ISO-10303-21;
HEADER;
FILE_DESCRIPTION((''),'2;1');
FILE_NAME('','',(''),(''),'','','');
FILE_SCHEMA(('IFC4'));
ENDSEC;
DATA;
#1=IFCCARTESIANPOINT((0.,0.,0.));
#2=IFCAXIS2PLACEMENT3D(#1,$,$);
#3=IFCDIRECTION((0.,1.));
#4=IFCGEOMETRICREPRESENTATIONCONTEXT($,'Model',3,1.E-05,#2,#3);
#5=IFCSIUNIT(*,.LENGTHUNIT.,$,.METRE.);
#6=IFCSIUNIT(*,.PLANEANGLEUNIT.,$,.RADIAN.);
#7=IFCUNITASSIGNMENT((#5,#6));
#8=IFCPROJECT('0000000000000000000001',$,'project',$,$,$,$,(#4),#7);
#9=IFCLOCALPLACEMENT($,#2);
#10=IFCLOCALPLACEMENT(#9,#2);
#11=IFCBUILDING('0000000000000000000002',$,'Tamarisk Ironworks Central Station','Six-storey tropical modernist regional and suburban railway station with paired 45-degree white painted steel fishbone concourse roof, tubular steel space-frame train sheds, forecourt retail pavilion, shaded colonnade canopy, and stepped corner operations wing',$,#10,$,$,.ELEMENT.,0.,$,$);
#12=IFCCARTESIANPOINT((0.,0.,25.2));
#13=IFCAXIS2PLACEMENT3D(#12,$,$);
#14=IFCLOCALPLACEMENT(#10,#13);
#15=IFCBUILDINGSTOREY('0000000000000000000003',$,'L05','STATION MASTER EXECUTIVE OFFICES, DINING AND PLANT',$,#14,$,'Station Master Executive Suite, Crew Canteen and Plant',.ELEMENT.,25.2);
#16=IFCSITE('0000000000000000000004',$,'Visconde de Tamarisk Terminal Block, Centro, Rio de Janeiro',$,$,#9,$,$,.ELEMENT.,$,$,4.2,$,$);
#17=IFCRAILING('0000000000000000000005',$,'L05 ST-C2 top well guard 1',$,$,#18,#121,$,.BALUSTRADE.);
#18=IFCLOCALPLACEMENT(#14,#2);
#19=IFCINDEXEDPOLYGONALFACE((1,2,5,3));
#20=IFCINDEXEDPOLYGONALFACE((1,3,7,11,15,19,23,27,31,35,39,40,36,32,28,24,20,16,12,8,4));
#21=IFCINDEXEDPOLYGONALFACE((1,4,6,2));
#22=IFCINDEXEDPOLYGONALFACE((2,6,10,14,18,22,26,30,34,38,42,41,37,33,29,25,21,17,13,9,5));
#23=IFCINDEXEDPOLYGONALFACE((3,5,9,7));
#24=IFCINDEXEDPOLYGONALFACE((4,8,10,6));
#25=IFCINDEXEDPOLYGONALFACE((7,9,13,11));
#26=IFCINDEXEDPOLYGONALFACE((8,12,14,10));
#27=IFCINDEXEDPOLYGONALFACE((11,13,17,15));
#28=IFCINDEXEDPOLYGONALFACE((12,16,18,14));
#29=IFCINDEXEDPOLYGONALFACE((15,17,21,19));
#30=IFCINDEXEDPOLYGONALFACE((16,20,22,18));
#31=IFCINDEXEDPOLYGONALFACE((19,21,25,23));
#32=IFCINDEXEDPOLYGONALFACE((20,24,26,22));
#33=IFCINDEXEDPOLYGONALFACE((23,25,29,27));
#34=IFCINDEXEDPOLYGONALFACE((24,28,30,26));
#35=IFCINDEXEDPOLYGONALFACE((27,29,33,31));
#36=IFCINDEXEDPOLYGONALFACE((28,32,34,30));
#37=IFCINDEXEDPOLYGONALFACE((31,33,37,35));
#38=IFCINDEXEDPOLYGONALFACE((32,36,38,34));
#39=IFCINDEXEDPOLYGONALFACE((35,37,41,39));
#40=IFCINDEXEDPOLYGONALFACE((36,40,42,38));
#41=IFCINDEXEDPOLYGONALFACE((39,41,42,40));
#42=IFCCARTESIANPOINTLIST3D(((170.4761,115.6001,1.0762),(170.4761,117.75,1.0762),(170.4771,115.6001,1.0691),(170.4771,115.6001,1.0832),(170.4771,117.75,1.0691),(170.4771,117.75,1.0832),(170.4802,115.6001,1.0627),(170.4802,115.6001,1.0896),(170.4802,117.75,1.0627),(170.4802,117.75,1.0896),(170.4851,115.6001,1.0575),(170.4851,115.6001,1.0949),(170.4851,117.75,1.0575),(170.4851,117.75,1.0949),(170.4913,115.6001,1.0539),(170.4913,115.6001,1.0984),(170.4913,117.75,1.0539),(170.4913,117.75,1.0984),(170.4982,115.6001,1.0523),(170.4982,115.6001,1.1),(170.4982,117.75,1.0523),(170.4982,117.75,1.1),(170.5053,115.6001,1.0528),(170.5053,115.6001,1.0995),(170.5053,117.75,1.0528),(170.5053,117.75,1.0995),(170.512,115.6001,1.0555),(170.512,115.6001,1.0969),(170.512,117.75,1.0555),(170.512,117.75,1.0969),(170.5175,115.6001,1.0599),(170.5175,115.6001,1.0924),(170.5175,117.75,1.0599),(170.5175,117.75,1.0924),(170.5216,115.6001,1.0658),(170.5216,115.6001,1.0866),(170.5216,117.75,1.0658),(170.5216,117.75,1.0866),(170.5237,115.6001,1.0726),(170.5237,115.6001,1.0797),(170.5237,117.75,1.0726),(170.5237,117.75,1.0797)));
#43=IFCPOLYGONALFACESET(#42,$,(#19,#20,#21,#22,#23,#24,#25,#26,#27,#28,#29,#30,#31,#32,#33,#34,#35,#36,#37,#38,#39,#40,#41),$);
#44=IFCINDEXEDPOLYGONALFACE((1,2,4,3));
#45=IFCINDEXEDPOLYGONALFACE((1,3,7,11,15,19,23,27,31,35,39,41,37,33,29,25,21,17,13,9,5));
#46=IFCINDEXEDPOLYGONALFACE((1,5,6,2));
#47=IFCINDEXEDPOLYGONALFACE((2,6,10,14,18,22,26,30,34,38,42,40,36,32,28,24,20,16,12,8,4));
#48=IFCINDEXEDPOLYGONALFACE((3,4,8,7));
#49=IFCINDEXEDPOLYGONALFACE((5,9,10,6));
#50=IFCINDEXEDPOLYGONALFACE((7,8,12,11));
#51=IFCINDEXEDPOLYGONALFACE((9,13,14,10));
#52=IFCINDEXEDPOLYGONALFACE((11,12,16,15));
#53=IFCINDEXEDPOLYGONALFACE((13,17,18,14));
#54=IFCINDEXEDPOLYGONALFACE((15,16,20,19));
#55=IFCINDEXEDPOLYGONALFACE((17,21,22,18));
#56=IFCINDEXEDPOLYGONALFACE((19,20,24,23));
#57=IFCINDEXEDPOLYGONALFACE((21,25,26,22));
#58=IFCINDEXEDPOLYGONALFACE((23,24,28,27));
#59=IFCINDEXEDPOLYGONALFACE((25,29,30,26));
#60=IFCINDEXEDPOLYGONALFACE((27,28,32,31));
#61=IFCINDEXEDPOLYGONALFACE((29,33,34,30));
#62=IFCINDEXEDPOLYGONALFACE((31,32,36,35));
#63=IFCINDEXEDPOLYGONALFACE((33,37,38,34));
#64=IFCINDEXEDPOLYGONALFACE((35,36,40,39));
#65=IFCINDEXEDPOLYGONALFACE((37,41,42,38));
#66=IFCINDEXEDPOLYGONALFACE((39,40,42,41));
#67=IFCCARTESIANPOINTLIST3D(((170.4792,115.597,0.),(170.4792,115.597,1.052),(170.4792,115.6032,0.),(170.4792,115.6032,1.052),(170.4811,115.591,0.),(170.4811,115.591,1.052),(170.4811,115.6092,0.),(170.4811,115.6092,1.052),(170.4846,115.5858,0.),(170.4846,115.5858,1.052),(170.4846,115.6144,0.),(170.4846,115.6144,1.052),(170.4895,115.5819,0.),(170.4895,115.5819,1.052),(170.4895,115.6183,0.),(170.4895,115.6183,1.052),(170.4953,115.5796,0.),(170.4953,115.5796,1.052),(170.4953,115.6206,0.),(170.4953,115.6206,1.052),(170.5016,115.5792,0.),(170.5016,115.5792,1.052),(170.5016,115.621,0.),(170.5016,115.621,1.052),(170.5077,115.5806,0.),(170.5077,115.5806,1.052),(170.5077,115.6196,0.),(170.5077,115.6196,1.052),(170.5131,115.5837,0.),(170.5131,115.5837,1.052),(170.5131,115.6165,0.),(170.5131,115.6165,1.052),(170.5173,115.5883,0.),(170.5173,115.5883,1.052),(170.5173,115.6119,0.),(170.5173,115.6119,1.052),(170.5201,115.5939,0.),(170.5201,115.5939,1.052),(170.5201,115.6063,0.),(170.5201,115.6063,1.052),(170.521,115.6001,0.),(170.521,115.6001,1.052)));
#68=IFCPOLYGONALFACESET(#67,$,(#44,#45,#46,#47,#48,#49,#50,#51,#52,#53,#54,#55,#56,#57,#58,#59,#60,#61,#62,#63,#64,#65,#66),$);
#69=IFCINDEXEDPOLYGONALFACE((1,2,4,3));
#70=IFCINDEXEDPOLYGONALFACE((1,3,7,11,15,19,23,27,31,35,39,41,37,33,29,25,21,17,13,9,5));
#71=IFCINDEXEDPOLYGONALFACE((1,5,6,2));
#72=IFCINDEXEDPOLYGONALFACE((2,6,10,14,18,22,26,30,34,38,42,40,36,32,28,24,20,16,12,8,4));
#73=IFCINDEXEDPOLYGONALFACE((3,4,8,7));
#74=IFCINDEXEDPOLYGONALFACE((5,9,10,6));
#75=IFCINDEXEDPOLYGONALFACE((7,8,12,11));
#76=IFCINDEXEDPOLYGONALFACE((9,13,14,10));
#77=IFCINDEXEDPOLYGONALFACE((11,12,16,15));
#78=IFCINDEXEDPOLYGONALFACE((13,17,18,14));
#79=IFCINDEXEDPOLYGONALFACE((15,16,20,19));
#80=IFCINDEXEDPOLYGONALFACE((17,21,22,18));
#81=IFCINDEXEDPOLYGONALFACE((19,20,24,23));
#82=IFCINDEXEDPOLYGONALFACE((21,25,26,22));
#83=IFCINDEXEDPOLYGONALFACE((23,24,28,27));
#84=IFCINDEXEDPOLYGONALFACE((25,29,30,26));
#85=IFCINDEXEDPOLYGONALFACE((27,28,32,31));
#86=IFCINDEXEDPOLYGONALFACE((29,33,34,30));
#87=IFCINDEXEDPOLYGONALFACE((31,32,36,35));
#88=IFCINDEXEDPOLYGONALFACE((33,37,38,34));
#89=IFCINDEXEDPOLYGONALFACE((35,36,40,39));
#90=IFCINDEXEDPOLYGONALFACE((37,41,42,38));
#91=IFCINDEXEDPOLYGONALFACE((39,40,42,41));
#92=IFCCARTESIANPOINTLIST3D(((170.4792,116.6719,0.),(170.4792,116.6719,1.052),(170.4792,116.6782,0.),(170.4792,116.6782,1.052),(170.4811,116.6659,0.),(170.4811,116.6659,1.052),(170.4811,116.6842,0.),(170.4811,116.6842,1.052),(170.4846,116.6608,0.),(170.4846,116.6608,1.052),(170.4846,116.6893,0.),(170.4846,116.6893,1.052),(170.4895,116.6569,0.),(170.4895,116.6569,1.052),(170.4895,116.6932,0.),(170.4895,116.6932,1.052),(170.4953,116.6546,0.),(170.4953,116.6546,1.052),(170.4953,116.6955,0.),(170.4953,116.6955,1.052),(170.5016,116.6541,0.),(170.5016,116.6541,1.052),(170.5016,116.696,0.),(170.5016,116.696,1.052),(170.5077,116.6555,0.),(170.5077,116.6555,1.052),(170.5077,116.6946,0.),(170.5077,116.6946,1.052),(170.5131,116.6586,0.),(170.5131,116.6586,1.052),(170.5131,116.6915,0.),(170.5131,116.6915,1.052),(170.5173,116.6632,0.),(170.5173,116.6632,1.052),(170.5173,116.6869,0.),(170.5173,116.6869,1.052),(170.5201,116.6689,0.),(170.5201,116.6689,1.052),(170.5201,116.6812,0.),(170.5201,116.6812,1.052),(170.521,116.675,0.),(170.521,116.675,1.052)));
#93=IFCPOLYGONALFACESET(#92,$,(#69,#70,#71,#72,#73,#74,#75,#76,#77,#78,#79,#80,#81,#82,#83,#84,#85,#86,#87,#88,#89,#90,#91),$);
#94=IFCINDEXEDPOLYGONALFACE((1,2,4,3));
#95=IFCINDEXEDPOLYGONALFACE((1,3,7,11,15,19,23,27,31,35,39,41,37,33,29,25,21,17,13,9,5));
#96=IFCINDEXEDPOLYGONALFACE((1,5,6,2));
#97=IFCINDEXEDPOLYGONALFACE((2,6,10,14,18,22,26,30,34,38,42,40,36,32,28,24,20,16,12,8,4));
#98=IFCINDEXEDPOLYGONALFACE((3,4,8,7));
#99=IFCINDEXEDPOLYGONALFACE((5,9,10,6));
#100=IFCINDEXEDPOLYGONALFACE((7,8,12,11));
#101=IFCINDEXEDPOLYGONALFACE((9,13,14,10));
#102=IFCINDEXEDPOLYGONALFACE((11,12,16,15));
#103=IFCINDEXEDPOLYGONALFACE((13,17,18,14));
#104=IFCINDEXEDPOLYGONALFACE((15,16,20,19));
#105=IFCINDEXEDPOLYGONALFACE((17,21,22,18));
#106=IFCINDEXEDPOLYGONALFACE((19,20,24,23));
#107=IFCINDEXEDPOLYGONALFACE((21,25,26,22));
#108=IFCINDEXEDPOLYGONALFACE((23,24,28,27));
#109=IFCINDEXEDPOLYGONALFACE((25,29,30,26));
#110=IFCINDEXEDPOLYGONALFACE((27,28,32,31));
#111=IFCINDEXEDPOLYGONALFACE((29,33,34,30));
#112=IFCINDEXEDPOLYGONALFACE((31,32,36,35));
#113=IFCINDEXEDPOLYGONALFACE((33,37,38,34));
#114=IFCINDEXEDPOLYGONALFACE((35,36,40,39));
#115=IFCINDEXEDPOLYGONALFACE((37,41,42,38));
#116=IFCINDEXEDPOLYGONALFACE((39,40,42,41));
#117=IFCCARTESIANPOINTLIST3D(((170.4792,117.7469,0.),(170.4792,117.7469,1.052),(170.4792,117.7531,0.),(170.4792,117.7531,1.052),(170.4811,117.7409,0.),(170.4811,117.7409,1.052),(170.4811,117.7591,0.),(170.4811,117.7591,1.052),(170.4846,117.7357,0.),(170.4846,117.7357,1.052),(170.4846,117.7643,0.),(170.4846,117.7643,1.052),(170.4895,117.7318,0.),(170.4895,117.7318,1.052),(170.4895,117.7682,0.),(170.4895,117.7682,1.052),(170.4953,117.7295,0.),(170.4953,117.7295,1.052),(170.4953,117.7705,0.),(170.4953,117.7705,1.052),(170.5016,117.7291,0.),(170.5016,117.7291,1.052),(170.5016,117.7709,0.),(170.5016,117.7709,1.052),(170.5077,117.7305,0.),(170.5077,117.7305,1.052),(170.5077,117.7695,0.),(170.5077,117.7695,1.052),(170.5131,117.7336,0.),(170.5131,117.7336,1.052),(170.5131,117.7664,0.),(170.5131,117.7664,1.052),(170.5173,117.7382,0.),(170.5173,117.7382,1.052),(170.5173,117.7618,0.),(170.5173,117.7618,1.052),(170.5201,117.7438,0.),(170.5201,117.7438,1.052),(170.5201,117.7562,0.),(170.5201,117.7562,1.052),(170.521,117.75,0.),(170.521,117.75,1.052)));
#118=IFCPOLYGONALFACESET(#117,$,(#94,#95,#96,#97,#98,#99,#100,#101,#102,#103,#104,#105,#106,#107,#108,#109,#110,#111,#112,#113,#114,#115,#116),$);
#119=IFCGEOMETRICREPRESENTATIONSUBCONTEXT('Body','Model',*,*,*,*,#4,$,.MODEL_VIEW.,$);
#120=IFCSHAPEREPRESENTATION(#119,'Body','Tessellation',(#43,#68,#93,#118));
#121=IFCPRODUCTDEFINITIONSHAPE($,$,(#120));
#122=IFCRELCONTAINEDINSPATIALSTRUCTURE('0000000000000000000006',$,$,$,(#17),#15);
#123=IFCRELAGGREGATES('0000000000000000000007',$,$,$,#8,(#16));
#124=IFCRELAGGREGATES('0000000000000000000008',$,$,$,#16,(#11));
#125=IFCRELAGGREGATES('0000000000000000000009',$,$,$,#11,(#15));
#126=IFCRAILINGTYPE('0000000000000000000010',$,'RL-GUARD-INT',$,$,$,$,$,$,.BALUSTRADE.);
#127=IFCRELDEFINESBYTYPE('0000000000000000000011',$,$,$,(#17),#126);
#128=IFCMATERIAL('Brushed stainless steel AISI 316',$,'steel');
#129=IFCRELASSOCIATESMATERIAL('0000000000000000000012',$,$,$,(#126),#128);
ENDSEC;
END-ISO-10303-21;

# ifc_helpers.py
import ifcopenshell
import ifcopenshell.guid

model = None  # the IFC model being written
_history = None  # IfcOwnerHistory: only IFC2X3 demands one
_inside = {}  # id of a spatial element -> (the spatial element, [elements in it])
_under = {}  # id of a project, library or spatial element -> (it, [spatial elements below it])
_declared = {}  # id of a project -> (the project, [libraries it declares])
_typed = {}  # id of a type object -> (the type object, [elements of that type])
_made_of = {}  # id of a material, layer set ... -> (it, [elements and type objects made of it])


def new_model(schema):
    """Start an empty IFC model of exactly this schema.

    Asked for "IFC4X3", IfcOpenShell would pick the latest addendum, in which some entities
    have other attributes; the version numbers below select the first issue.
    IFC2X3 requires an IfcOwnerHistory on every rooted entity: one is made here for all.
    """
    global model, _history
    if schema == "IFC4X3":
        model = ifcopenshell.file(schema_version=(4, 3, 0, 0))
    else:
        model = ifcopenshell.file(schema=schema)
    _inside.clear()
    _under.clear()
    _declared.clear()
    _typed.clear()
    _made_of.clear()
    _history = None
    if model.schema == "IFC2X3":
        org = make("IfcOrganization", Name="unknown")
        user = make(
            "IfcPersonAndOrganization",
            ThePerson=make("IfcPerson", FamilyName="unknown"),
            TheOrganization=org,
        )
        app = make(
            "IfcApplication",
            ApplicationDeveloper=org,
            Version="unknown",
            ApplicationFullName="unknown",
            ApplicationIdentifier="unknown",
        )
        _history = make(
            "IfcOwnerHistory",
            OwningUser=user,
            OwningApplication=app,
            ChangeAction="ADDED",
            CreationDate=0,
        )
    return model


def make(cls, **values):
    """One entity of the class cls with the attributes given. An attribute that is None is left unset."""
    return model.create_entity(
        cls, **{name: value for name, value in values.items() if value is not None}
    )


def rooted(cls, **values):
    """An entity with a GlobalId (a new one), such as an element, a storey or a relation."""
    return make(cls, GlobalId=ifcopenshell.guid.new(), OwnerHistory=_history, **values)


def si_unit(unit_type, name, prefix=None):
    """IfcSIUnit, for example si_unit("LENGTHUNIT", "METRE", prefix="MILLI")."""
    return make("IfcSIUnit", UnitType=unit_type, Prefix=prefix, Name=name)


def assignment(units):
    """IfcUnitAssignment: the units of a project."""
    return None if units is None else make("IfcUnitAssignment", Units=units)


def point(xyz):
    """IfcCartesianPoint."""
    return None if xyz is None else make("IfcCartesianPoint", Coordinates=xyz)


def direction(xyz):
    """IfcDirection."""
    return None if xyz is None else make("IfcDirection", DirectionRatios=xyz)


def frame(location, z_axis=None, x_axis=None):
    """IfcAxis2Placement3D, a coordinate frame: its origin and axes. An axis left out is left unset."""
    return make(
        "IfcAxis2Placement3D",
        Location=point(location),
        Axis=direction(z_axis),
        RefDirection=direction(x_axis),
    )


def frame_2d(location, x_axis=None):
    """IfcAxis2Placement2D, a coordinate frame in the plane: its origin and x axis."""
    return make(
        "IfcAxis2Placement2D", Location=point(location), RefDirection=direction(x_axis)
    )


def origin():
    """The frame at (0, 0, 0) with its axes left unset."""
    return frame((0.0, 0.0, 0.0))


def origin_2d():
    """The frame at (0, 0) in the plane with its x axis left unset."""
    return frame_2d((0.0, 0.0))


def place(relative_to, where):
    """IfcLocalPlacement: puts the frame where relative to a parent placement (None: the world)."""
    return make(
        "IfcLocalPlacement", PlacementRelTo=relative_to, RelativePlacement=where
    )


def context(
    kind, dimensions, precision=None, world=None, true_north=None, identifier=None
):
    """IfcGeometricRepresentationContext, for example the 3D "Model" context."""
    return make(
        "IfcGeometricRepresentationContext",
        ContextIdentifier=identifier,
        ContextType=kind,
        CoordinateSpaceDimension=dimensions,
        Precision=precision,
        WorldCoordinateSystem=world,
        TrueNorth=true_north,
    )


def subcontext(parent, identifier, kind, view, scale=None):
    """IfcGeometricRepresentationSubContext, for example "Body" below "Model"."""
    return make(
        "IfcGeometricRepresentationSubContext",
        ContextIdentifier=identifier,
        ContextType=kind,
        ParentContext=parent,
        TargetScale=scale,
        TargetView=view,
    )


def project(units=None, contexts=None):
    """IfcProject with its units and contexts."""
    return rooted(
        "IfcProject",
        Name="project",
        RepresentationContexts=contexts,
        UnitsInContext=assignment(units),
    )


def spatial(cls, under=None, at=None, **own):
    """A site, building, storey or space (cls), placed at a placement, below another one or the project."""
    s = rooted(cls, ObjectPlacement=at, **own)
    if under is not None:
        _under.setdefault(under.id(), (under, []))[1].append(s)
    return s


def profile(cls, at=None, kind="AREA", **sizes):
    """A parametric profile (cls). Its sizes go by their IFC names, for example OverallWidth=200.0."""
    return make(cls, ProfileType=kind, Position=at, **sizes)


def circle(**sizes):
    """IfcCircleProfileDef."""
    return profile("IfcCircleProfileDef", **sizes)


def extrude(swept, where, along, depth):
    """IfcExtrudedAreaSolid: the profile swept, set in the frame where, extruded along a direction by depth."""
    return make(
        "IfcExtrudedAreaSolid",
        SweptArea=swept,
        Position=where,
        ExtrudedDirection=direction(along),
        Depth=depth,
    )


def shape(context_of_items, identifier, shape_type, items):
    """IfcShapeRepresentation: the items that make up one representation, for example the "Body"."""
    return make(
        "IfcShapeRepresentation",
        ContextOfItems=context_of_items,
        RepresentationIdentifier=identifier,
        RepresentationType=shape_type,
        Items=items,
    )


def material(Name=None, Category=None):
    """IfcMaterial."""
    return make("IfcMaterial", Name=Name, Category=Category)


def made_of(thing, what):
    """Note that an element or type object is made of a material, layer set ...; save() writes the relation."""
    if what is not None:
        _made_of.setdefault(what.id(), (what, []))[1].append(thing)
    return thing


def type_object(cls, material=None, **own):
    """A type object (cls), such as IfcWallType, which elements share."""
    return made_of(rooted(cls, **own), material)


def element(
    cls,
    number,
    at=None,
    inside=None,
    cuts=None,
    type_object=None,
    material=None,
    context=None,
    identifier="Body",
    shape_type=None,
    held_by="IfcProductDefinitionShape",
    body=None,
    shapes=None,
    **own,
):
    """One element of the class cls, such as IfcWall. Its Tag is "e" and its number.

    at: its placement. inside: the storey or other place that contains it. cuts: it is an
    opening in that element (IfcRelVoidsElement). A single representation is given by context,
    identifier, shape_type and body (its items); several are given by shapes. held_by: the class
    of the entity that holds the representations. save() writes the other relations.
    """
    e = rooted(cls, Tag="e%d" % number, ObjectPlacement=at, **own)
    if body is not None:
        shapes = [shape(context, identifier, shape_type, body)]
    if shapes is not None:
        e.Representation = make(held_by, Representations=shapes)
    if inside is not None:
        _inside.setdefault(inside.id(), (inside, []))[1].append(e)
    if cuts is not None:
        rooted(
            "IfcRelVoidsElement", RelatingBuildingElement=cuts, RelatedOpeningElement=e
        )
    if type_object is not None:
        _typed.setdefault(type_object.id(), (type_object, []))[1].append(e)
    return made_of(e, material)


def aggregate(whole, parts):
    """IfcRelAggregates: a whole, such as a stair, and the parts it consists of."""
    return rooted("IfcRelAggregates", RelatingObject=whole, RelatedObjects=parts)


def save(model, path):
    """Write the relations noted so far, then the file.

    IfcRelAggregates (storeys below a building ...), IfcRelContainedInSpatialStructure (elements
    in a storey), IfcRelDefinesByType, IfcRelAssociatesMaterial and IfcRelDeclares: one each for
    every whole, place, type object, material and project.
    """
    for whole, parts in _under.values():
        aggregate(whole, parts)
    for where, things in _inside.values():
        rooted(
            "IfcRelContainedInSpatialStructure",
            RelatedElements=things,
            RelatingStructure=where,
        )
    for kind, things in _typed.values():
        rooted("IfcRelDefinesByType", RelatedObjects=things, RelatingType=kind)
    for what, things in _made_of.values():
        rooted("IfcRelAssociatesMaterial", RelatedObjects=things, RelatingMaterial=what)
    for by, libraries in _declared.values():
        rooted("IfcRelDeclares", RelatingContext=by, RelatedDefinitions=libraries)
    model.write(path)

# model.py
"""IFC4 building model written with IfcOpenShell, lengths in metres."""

from ifc_helpers import new_model, si_unit, direction, frame, origin, origin_2d, place, context, subcontext, project, spatial, circle, extrude, material, type_object, element, save


model = new_model("IFC4")

# Units and contexts
model_context = context("Model", 3, precision=1e-05, world=origin(), true_north=direction((0.0, 1.0)))
body_context = subcontext(model_context, "Body", "Model", "MODEL_VIEW")
ifc_project = project(units=[si_unit("LENGTHUNIT", "METRE"), si_unit("PLANEANGLEUNIT", "RADIAN")], contexts=[model_context])

# Site, building, storey
site_placement = place(None, origin())
site = spatial("IfcSite", under=ifc_project, at=site_placement, Name="Visconde de Tamarisk Terminal Block, Centro, Rio de Janeiro", CompositionType="ELEMENT", RefElevation=4.2)
building_placement = place(site_placement, origin())
building = spatial("IfcBuilding", under=site, at=building_placement, Name="Tamarisk Ironworks Central Station", Description="Six-storey tropical modernist regional and suburban railway station with paired 45-degree white painted steel fishbone concourse roof, tubular steel space-frame train sheds, forecourt retail pavilion, shaded colonnade canopy, and stepped corner operations wing", CompositionType="ELEMENT", ElevationOfRefHeight=0.0)
storey_placement = place(building_placement, frame((0.0, 0.0, 25.2)))
storey = spatial("IfcBuildingStorey", under=building, at=storey_placement, Name="L05", Description="STATION MASTER EXECUTIVE OFFICES, DINING AND PLANT", LongName="Station Master Executive Suite, Crew Canteen and Plant", CompositionType="ELEMENT", Elevation=25.2)

# Railing
ifc_material_1 = material(Name="Brushed stainless steel AISI 316", Category="steel")
railing_type = type_object("IfcRailingType", Name="RL-GUARD-INT", PredefinedType="BALUSTRADE", material=ifc_material_1)
railing_placement = place(storey_placement, frame((170.5, 115.6001, 0.0)))
element("IfcRailing", 1, at=railing_placement, inside=storey, type_object=railing_type, Name="L05 ST-C2 top well guard 1", PredefinedType="BALUSTRADE", context=body_context, shape_type="SweptSolid", body=[
    extrude(circle(Radius=0.0239, at=origin_2d()), frame((0.0, 0.0, 1.0762), z_axis=(0.0, 1.0, 0.0), x_axis=(-1.0, 0.0, 0.0)), (0.0, 0.0, 1.0), 2.1499),
    extrude(circle(Radius=0.021, at=origin_2d()), origin(), (0.0, 0.0, 1.0), 1.052),
    extrude(circle(Radius=0.021, at=origin_2d()), frame((0.0, 1.075, 0.0)), (0.0, 0.0, 1.0), 1.052),
    extrude(circle(Radius=0.021, at=origin_2d()), frame((0.0, 2.1499, 0.0)), (0.0, 0.0, 1.0), 1.052),
])

save(model, "model.ifc")
